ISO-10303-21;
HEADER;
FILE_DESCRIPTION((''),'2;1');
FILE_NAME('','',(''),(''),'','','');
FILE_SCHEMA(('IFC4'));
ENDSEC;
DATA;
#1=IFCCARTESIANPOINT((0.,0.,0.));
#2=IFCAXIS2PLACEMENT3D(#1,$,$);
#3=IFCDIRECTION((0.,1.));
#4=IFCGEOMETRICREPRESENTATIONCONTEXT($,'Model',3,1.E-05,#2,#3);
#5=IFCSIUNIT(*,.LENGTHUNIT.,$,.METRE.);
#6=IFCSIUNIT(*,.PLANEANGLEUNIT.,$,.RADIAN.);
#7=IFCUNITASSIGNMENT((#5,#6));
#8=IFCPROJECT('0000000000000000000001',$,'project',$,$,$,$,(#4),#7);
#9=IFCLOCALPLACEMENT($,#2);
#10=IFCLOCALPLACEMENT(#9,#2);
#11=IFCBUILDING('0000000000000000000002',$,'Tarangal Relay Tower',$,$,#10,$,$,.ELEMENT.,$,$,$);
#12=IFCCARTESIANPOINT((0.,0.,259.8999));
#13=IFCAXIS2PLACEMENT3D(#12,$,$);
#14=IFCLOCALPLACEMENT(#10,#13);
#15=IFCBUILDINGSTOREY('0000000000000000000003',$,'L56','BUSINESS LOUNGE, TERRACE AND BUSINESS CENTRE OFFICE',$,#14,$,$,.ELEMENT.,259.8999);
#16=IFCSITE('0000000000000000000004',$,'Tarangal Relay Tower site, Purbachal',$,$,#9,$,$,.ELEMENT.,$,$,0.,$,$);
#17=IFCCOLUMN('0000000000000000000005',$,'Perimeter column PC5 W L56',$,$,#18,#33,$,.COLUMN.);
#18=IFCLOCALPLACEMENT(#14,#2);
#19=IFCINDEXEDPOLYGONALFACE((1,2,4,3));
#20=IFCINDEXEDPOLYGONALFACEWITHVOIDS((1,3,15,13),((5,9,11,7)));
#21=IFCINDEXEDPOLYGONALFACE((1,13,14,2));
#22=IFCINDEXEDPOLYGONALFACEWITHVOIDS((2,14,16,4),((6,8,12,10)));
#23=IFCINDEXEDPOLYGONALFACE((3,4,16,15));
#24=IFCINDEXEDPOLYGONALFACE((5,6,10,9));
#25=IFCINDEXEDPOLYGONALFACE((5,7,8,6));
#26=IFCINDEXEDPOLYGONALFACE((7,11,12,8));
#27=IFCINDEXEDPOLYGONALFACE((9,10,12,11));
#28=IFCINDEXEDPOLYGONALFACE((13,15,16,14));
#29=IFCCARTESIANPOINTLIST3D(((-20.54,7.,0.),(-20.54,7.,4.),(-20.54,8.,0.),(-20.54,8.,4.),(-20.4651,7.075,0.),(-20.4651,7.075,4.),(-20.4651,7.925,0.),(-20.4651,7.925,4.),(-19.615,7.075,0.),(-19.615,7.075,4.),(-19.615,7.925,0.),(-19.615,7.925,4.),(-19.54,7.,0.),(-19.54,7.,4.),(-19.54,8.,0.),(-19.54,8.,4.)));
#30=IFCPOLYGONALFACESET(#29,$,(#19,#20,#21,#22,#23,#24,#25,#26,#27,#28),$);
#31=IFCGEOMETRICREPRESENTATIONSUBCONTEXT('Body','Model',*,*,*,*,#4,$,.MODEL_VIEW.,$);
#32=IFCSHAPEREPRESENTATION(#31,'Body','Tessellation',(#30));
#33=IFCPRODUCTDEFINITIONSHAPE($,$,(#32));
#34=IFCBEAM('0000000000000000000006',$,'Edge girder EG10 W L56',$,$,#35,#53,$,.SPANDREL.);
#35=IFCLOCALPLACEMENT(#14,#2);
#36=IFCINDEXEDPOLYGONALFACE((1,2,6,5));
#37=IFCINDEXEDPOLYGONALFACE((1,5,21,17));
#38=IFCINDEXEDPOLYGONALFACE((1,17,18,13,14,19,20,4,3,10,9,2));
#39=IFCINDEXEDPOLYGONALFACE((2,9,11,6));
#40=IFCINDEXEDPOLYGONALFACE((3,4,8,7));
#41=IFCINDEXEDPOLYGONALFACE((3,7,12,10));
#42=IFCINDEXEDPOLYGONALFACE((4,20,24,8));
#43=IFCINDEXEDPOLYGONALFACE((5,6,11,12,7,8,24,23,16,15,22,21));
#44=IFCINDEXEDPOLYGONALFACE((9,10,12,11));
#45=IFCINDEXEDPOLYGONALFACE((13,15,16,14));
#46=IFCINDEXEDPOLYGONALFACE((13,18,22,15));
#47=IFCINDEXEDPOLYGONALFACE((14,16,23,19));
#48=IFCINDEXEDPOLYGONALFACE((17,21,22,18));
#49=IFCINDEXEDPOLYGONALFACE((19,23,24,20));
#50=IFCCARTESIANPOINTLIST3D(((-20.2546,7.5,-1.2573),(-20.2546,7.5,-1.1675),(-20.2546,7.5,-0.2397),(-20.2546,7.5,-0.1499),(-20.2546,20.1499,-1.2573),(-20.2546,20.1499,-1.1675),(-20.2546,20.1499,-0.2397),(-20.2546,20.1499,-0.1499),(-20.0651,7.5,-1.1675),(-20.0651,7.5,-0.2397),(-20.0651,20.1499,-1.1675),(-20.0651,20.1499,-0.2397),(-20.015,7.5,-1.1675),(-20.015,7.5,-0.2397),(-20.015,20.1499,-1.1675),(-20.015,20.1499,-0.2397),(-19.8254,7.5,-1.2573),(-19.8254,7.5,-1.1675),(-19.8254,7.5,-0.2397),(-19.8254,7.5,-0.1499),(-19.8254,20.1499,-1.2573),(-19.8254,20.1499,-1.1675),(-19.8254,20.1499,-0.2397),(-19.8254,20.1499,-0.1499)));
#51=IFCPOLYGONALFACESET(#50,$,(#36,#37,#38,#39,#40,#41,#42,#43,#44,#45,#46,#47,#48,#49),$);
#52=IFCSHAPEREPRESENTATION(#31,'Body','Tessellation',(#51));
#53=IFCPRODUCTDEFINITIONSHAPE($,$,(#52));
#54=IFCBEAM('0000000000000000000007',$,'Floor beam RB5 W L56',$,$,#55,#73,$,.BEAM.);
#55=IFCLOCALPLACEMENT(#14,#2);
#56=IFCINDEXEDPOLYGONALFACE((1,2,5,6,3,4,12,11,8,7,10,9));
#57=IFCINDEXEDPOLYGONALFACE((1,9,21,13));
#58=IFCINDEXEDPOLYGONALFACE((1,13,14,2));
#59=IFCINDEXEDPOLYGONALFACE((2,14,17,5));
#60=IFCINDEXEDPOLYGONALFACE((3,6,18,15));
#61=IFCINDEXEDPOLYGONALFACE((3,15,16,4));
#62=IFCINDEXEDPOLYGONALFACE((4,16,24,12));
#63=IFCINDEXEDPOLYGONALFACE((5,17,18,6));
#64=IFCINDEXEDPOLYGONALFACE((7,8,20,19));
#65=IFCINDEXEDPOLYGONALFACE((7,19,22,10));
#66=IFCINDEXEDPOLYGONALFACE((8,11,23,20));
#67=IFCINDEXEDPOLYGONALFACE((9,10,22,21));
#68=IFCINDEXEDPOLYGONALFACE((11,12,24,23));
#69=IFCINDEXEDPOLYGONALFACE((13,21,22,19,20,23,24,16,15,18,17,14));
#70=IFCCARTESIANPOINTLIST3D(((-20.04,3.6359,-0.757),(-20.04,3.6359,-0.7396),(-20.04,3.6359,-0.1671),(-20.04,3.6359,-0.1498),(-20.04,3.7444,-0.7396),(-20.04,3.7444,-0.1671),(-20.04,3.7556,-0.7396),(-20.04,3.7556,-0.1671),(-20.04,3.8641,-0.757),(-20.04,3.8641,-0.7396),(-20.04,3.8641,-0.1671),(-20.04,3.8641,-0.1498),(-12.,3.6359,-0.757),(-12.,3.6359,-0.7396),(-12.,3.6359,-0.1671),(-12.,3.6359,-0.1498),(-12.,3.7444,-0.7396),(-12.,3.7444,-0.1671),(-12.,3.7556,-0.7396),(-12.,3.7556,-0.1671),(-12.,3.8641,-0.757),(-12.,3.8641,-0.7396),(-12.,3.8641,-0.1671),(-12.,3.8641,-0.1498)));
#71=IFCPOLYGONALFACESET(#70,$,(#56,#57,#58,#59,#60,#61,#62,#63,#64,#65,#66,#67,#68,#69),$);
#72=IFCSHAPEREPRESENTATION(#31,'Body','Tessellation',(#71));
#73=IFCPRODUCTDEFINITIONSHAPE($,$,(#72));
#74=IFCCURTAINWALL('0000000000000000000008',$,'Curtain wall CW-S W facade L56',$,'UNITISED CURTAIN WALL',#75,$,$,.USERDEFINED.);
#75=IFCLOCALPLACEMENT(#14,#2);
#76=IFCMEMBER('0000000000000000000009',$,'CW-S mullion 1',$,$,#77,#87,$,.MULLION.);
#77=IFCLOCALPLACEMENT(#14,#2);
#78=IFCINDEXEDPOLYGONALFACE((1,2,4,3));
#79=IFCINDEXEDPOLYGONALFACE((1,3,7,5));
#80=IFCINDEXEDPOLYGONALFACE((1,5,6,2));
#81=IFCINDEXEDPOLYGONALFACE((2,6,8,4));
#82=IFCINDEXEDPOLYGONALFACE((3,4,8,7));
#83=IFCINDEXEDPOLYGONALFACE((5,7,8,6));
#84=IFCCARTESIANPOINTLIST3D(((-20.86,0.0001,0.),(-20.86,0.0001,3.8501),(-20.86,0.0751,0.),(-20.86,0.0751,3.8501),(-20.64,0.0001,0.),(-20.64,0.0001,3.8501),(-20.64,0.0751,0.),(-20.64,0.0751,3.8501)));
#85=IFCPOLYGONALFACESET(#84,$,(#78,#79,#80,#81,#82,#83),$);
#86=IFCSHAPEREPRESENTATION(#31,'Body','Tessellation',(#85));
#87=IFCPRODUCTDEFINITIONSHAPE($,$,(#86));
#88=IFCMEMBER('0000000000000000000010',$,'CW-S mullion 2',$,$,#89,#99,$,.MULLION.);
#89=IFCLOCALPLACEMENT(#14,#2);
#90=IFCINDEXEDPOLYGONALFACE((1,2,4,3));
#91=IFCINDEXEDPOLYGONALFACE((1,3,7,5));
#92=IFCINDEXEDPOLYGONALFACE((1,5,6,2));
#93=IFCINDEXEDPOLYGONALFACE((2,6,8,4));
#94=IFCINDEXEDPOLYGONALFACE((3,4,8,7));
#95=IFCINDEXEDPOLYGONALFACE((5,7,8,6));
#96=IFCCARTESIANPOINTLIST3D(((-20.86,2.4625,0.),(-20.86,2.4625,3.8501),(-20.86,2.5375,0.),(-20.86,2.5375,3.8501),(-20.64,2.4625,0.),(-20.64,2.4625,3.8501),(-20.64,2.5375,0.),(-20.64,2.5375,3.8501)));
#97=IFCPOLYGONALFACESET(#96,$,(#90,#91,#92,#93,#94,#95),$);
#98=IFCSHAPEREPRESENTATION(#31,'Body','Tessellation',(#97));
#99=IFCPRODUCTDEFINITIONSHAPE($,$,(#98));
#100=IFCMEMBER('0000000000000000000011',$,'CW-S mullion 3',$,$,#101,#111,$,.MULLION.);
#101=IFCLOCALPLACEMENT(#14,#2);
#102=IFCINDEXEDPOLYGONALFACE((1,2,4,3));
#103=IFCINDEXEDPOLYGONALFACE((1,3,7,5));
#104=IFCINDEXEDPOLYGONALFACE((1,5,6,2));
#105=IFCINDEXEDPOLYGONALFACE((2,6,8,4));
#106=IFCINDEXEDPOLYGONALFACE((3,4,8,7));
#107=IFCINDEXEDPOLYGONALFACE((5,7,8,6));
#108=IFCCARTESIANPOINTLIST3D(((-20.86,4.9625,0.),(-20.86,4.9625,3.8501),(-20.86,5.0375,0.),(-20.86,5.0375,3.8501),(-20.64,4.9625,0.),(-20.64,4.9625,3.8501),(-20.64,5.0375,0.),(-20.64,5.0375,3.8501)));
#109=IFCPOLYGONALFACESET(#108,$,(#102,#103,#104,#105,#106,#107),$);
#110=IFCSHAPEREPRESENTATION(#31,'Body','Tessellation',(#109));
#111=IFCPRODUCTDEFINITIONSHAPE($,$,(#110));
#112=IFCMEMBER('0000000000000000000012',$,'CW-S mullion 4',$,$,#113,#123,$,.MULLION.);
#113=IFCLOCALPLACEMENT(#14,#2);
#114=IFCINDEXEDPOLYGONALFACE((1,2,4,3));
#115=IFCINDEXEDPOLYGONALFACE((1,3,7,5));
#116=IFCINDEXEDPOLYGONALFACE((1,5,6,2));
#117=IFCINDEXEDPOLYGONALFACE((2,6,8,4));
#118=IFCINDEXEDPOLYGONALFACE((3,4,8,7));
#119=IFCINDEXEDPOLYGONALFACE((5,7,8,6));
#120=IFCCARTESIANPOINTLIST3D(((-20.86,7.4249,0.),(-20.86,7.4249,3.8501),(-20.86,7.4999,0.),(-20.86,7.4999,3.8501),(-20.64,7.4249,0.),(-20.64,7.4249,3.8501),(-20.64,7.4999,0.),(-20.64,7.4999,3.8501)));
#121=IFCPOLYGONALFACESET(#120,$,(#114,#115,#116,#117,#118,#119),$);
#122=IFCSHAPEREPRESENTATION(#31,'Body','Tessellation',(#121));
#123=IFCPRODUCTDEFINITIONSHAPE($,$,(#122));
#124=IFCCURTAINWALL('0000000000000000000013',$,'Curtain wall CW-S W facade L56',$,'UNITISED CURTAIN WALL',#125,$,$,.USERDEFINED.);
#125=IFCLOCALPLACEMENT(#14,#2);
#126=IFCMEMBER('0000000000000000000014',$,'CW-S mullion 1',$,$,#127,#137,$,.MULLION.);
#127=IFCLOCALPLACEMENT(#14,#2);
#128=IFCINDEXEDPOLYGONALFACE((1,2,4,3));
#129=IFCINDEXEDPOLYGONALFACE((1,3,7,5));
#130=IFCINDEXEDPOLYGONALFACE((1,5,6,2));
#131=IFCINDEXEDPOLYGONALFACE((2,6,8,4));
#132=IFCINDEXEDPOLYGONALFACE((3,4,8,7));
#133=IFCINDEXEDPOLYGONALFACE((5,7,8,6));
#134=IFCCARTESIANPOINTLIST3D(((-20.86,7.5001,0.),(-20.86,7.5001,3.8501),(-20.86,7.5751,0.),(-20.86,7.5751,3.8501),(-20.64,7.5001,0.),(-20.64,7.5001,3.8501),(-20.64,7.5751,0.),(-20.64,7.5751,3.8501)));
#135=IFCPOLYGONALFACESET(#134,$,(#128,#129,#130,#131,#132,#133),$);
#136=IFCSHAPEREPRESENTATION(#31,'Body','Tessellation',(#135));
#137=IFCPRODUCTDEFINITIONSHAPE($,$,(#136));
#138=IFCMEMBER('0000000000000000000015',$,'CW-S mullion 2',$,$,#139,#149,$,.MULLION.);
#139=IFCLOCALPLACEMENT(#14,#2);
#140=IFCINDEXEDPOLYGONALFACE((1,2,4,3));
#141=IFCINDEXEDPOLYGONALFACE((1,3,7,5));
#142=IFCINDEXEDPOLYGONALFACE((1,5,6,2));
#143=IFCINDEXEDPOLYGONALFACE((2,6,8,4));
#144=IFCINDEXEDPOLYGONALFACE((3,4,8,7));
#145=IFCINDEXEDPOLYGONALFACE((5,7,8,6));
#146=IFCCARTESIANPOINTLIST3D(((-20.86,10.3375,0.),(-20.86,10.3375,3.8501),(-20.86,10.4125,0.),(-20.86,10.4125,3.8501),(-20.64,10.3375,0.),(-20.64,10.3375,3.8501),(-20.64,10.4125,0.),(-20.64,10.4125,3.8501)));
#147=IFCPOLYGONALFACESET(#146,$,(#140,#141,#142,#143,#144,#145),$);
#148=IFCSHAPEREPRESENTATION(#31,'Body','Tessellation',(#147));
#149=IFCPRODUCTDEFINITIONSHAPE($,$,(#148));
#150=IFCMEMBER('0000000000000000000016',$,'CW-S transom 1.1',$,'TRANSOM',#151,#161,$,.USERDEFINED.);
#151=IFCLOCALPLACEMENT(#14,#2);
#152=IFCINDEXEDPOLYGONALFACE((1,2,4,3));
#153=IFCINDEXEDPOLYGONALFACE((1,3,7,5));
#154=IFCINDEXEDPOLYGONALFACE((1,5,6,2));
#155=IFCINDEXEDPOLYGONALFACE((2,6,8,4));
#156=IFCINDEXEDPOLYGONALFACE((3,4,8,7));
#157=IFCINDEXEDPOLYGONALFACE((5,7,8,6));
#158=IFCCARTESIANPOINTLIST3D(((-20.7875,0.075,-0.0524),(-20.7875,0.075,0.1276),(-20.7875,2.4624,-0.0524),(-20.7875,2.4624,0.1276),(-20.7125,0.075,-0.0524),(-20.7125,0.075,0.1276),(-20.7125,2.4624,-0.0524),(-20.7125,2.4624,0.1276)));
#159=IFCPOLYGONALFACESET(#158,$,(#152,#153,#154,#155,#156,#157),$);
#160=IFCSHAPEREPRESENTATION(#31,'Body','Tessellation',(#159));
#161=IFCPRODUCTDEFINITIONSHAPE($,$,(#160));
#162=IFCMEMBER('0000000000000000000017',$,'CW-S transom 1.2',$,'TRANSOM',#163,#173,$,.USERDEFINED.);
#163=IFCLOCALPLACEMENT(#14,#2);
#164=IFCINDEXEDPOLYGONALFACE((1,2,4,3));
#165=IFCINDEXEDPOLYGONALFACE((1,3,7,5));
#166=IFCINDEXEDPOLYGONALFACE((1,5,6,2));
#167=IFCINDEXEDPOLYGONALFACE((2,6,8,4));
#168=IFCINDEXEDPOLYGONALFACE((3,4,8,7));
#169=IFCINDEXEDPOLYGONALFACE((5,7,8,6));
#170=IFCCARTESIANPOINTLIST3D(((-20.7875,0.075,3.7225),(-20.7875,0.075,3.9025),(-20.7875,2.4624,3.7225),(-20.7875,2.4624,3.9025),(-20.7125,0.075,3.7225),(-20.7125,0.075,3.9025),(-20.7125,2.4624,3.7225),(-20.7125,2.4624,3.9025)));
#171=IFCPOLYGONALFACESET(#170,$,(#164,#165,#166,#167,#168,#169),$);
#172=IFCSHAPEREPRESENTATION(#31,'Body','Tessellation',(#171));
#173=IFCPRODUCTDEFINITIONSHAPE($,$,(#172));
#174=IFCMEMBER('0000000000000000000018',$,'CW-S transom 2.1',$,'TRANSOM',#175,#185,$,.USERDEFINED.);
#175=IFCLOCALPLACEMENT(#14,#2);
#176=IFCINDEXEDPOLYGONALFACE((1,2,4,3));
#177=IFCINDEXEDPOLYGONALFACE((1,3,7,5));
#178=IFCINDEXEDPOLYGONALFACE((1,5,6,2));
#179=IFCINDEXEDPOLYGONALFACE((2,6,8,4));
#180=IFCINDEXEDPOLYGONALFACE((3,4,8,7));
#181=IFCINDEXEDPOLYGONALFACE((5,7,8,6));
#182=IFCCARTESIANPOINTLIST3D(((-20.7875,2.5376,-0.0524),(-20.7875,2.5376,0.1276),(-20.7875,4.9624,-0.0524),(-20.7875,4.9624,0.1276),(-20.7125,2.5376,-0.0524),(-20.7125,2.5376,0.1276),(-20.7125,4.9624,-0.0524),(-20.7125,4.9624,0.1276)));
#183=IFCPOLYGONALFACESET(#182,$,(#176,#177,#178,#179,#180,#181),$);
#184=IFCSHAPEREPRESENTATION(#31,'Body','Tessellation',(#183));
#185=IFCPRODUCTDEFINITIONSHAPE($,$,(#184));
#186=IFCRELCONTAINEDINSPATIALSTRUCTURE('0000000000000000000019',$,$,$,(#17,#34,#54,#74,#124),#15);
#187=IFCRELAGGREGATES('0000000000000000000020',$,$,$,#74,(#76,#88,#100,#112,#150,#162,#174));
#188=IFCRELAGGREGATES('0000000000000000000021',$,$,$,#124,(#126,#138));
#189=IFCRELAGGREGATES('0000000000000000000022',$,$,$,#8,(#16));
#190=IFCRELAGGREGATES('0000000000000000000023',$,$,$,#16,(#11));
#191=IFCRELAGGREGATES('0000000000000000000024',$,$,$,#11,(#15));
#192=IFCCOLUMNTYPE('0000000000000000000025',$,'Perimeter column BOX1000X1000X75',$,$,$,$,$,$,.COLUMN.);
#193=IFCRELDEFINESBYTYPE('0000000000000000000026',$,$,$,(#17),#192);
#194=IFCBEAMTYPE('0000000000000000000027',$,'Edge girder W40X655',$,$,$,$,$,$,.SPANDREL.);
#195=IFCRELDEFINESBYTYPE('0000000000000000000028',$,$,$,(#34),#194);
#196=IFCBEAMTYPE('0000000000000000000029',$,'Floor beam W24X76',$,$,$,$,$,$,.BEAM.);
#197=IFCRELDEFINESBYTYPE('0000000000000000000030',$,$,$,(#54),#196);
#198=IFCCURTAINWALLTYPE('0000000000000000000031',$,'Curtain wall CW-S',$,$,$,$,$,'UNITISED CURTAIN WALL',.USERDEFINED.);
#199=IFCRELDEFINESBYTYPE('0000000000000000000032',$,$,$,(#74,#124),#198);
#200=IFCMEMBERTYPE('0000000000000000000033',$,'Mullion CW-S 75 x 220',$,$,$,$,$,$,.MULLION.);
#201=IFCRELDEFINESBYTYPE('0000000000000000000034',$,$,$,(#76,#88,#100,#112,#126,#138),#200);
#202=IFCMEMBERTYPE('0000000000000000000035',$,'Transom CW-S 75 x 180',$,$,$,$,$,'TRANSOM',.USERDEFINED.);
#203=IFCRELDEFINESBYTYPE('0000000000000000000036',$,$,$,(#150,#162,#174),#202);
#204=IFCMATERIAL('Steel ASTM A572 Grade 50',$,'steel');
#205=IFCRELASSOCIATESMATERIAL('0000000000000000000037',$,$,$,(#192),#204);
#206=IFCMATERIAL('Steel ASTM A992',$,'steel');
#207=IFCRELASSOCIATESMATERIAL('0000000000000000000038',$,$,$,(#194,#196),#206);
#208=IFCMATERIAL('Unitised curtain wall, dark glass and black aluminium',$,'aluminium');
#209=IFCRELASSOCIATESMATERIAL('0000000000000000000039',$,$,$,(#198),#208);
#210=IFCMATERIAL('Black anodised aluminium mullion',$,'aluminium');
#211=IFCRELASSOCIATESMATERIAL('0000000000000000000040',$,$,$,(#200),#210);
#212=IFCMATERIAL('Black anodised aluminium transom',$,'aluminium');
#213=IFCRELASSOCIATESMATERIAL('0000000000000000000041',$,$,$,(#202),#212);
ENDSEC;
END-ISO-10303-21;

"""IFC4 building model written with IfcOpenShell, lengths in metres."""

from ifc_helpers import new_model, si_unit, direction, frame, origin, origin_2d, place, context, subcontext, project, spatial, rectangle, hollow_rectangle, i_section, extrude, material, material_profile, profile_set, type_object, element, aggregate, save


model = new_model("IFC4")

# Units and contexts
model_context = context("Model", 3, precision=1e-05, world=origin(), true_north=direction((0.0, 1.0)))
body_context = subcontext(model_context, "Body", "Model", "MODEL_VIEW")
ifc_project = project(units=[si_unit("LENGTHUNIT", "METRE"), si_unit("PLANEANGLEUNIT", "RADIAN")], contexts=[model_context])

# Site, building, storey
site_placement = place(None, origin())
site = spatial("IfcSite", under=ifc_project, at=site_placement, Name="Tarangal Relay Tower site, Purbachal", CompositionType="ELEMENT", RefElevation=0.0)
building_placement = place(site_placement, origin())
building = spatial("IfcBuilding", under=site, at=building_placement, Name="Tarangal Relay Tower", CompositionType="ELEMENT")
storey_placement = place(building_placement, frame((0.0, 0.0, 259.8999)))
storey = spatial("IfcBuildingStorey", under=building, at=storey_placement, Name="L56", Description="BUSINESS LOUNGE, TERRACE AND BUSINESS CENTRE OFFICE", CompositionType="ELEMENT", Elevation=259.8999)

# Column
ifc_material_1 = material(Name="Steel ASTM A572 Grade 50", Category="steel")
ifc_material_profile_1 = material_profile(ifc_material_1, hollow_rectangle(XDim=1.0, YDim=1.0, WallThickness=0.075, at=origin_2d()), Name="BOX1000X1000X75")
ifc_profile_set_1 = profile_set([ifc_material_profile_1], Name="Steel ASTM A572 Grade 50")
column_type = type_object("IfcColumnType", Name="Perimeter column BOX1000X1000X75", PredefinedType="COLUMN", material=ifc_profile_set_1)
column_placement = place(storey_placement, frame((-20.04, 7.5, 0.0), z_axis=(0.0, 0.0, 1.0), x_axis=(1.0, 0.0, 0.0)))
element("IfcColumn", 1, at=column_placement, inside=storey, type_object=column_type, Name="Perimeter column PC5 W L56", PredefinedType="COLUMN", context=body_context, shape_type="SweptSolid", body=[
    extrude(hollow_rectangle(XDim=1.0, YDim=1.0, WallThickness=0.075, at=origin_2d()), origin(), (0.0, 0.0, 1.0), 4.0),
])

# Beams
ifc_material_2 = material(Name="Steel ASTM A992", Category="steel")
ifc_material_profile_2 = material_profile(ifc_material_2, i_section(OverallWidth=0.4292, OverallDepth=1.1074, WebThickness=0.05, FlangeThickness=0.0898, at=origin_2d()), Name="W40X655")
ifc_profile_set_2 = profile_set([ifc_material_profile_2], Name="Steel ASTM A992")
beam_type_1 = type_object("IfcBeamType", Name="Edge girder W40X655", PredefinedType="SPANDREL", material=ifc_profile_set_2)
beam_1_placement = place(storey_placement, frame((-20.04, 7.5, -0.7036), z_axis=(0.0, 1.0, 0.0), x_axis=(-1.0, 0.0, 0.0)))
element("IfcBeam", 2, at=beam_1_placement, inside=storey, type_object=beam_type_1, Name="Edge girder EG10 W L56", PredefinedType="SPANDREL", context=body_context, shape_type="SweptSolid", body=[
    extrude(i_section(OverallWidth=0.4292, OverallDepth=1.1074, WebThickness=0.05, FlangeThickness=0.0898, at=origin_2d()), origin(), (0.0, 0.0, 1.0), 12.6499),
])
ifc_material_profile_3 = material_profile(ifc_material_2, i_section(OverallWidth=0.2283, OverallDepth=0.6072, WebThickness=0.0112, FlangeThickness=0.0173, at=origin_2d()), Name="W24X76")
ifc_profile_set_3 = profile_set([ifc_material_profile_3], Name="Steel ASTM A992")
beam_type_2 = type_object("IfcBeamType", Name="Floor beam W24X76", PredefinedType="BEAM", material=ifc_profile_set_3)
beam_2_placement = place(storey_placement, frame((-12.0, 3.75, -0.4534), z_axis=(-1.0, 0.0, 0.0), x_axis=(0.0, -1.0, 0.0)))
element("IfcBeam", 3, at=beam_2_placement, inside=storey, type_object=beam_type_2, Name="Floor beam RB5 W L56", PredefinedType="BEAM", context=body_context, shape_type="SweptSolid", body=[
    extrude(i_section(OverallWidth=0.2283, OverallDepth=0.6072, WebThickness=0.0112, FlangeThickness=0.0173, at=origin_2d()), origin(), (0.0, 0.0, 1.0), 8.04),
])

# Curtain walls, members
ifc_material_3 = material(Name="Unitised curtain wall, dark glass and black aluminium", Category="aluminium")
curtain_wall_type = type_object("IfcCurtainWallType", Name="Curtain wall CW-S", ElementType="UNITISED CURTAIN WALL", PredefinedType="USERDEFINED", material=ifc_material_3)
curtain_wall_1_placement = place(storey_placement, origin())
curtain_wall_1 = element("IfcCurtainWall", 4, at=curtain_wall_1_placement, inside=storey, type_object=curtain_wall_type, Name="Curtain wall CW-S W facade L56", ObjectType="UNITISED CURTAIN WALL", PredefinedType="USERDEFINED")
ifc_material_4 = material(Name="Black anodised aluminium mullion", Category="aluminium")
ifc_material_profile_4 = material_profile(ifc_material_4, rectangle(XDim=0.22, YDim=0.075, at=origin_2d()), Name="CW-SM 75X220")
ifc_profile_set_4 = profile_set([ifc_material_profile_4], Name="Black anodised aluminium mullion")
member_type_1 = type_object("IfcMemberType", Name="Mullion CW-S 75 x 220", PredefinedType="MULLION", material=ifc_profile_set_4)
member_1_placement = place(storey_placement, frame((-20.75, 0.0376, 0.0), z_axis=(0.0, 0.0, 1.0), x_axis=(-1.0, 0.0, 0.0)))
member_1 = element("IfcMember", 5, at=member_1_placement, type_object=member_type_1, Name="CW-S mullion 1", PredefinedType="MULLION", context=body_context, shape_type="SweptSolid", body=[
    extrude(rectangle(XDim=0.22, YDim=0.075, at=origin_2d()), origin(), (0.0, 0.0, 1.0), 3.8501),
])
member_2_placement = place(storey_placement, frame((-20.75, 2.5, 0.0), z_axis=(0.0, 0.0, 1.0), x_axis=(-1.0, 0.0, 0.0)))
member_2 = element("IfcMember", 6, at=member_2_placement, type_object=member_type_1, Name="CW-S mullion 2", PredefinedType="MULLION", context=body_context, shape_type="SweptSolid", body=[
    extrude(rectangle(XDim=0.22, YDim=0.075, at=origin_2d()), origin(), (0.0, 0.0, 1.0), 3.8501),
])
member_3_placement = place(storey_placement, frame((-20.75, 5.0, 0.0), z_axis=(0.0, 0.0, 1.0), x_axis=(-1.0, 0.0, 0.0)))
member_3 = element("IfcMember", 7, at=member_3_placement, type_object=member_type_1, Name="CW-S mullion 3", PredefinedType="MULLION", context=body_context, shape_type="SweptSolid", body=[
    extrude(rectangle(XDim=0.22, YDim=0.075, at=origin_2d()), origin(), (0.0, 0.0, 1.0), 3.8501),
])
member_4_placement = place(storey_placement, frame((-20.75, 7.4624, 0.0), z_axis=(0.0, 0.0, 1.0), x_axis=(-1.0, 0.0, 0.0)))
member_4 = element("IfcMember", 8, at=member_4_placement, type_object=member_type_1, Name="CW-S mullion 4", PredefinedType="MULLION", context=body_context, shape_type="SweptSolid", body=[
    extrude(rectangle(XDim=0.22, YDim=0.075, at=origin_2d()), origin(), (0.0, 0.0, 1.0), 3.8501),
])
curtain_wall_2_placement = place(storey_placement, origin())
curtain_wall_2 = element("IfcCurtainWall", 9, at=curtain_wall_2_placement, inside=storey, type_object=curtain_wall_type, Name="Curtain wall CW-S W facade L56", ObjectType="UNITISED CURTAIN WALL", PredefinedType="USERDEFINED")
member_5_placement = place(storey_placement, frame((-20.75, 7.5376, 0.0), z_axis=(0.0, 0.0, 1.0), x_axis=(-1.0, 0.0, 0.0)))
member_5 = element("IfcMember", 10, at=member_5_placement, type_object=member_type_1, Name="CW-S mullion 1", PredefinedType="MULLION", context=body_context, shape_type="SweptSolid", body=[
    extrude(rectangle(XDim=0.22, YDim=0.075, at=origin_2d()), origin(), (0.0, 0.0, 1.0), 3.8501),
])
member_6_placement = place(storey_placement, frame((-20.75, 10.375, 0.0), z_axis=(0.0, 0.0, 1.0), x_axis=(-1.0, 0.0, 0.0)))
member_6 = element("IfcMember", 11, at=member_6_placement, type_object=member_type_1, Name="CW-S mullion 2", PredefinedType="MULLION", context=body_context, shape_type="SweptSolid", body=[
    extrude(rectangle(XDim=0.22, YDim=0.075, at=origin_2d()), origin(), (0.0, 0.0, 1.0), 3.8501),
])

# Members
ifc_material_5 = material(Name="Black anodised aluminium transom", Category="aluminium")
ifc_material_profile_5 = material_profile(ifc_material_5, rectangle(XDim=0.075, YDim=0.1799, at=origin_2d()), Name="CW-ST 75X180")
ifc_profile_set_5 = profile_set([ifc_material_profile_5], Name="Black anodised aluminium transom")
member_type_2 = type_object("IfcMemberType", Name="Transom CW-S 75 x 180", ElementType="TRANSOM", PredefinedType="USERDEFINED", material=ifc_profile_set_5)
member_7_placement = place(storey_placement, frame((-20.75, 0.075, 0.0376), z_axis=(0.0, 1.0, 0.0), x_axis=(-1.0, 0.0, 0.0)))
member_7 = element("IfcMember", 12, at=member_7_placement, type_object=member_type_2, Name="CW-S transom 1.1", ObjectType="TRANSOM", PredefinedType="USERDEFINED", context=body_context, shape_type="SweptSolid", body=[
    extrude(rectangle(XDim=0.075, YDim=0.1799, at=origin_2d()), origin(), (0.0, 0.0, 1.0), 2.3875),
])
member_8_placement = place(storey_placement, frame((-20.75, 0.075, 3.8125), z_axis=(0.0, 1.0, 0.0), x_axis=(-1.0, 0.0, 0.0)))
member_8 = element("IfcMember", 13, at=member_8_placement, type_object=member_type_2, Name="CW-S transom 1.2", ObjectType="TRANSOM", PredefinedType="USERDEFINED", context=body_context, shape_type="SweptSolid", body=[
    extrude(rectangle(XDim=0.075, YDim=0.1799, at=origin_2d()), origin(), (0.0, 0.0, 1.0), 2.3875),
])
member_9_placement = place(storey_placement, frame((-20.75, 2.5376, 0.0376), z_axis=(0.0, 1.0, 0.0), x_axis=(-1.0, 0.0, 0.0)))
member_9 = element("IfcMember", 14, at=member_9_placement, type_object=member_type_2, Name="CW-S transom 2.1", ObjectType="TRANSOM", PredefinedType="USERDEFINED", context=body_context, shape_type="SweptSolid", body=[
    extrude(rectangle(XDim=0.075, YDim=0.1799, at=origin_2d()), origin(), (0.0, 0.0, 1.0), 2.4248),
])

aggregate(curtain_wall_1, [member_1, member_2, member_3, member_4, member_7, member_8, member_9])
aggregate(curtain_wall_2, [member_5, member_6])

save(model, "model.ifc")
